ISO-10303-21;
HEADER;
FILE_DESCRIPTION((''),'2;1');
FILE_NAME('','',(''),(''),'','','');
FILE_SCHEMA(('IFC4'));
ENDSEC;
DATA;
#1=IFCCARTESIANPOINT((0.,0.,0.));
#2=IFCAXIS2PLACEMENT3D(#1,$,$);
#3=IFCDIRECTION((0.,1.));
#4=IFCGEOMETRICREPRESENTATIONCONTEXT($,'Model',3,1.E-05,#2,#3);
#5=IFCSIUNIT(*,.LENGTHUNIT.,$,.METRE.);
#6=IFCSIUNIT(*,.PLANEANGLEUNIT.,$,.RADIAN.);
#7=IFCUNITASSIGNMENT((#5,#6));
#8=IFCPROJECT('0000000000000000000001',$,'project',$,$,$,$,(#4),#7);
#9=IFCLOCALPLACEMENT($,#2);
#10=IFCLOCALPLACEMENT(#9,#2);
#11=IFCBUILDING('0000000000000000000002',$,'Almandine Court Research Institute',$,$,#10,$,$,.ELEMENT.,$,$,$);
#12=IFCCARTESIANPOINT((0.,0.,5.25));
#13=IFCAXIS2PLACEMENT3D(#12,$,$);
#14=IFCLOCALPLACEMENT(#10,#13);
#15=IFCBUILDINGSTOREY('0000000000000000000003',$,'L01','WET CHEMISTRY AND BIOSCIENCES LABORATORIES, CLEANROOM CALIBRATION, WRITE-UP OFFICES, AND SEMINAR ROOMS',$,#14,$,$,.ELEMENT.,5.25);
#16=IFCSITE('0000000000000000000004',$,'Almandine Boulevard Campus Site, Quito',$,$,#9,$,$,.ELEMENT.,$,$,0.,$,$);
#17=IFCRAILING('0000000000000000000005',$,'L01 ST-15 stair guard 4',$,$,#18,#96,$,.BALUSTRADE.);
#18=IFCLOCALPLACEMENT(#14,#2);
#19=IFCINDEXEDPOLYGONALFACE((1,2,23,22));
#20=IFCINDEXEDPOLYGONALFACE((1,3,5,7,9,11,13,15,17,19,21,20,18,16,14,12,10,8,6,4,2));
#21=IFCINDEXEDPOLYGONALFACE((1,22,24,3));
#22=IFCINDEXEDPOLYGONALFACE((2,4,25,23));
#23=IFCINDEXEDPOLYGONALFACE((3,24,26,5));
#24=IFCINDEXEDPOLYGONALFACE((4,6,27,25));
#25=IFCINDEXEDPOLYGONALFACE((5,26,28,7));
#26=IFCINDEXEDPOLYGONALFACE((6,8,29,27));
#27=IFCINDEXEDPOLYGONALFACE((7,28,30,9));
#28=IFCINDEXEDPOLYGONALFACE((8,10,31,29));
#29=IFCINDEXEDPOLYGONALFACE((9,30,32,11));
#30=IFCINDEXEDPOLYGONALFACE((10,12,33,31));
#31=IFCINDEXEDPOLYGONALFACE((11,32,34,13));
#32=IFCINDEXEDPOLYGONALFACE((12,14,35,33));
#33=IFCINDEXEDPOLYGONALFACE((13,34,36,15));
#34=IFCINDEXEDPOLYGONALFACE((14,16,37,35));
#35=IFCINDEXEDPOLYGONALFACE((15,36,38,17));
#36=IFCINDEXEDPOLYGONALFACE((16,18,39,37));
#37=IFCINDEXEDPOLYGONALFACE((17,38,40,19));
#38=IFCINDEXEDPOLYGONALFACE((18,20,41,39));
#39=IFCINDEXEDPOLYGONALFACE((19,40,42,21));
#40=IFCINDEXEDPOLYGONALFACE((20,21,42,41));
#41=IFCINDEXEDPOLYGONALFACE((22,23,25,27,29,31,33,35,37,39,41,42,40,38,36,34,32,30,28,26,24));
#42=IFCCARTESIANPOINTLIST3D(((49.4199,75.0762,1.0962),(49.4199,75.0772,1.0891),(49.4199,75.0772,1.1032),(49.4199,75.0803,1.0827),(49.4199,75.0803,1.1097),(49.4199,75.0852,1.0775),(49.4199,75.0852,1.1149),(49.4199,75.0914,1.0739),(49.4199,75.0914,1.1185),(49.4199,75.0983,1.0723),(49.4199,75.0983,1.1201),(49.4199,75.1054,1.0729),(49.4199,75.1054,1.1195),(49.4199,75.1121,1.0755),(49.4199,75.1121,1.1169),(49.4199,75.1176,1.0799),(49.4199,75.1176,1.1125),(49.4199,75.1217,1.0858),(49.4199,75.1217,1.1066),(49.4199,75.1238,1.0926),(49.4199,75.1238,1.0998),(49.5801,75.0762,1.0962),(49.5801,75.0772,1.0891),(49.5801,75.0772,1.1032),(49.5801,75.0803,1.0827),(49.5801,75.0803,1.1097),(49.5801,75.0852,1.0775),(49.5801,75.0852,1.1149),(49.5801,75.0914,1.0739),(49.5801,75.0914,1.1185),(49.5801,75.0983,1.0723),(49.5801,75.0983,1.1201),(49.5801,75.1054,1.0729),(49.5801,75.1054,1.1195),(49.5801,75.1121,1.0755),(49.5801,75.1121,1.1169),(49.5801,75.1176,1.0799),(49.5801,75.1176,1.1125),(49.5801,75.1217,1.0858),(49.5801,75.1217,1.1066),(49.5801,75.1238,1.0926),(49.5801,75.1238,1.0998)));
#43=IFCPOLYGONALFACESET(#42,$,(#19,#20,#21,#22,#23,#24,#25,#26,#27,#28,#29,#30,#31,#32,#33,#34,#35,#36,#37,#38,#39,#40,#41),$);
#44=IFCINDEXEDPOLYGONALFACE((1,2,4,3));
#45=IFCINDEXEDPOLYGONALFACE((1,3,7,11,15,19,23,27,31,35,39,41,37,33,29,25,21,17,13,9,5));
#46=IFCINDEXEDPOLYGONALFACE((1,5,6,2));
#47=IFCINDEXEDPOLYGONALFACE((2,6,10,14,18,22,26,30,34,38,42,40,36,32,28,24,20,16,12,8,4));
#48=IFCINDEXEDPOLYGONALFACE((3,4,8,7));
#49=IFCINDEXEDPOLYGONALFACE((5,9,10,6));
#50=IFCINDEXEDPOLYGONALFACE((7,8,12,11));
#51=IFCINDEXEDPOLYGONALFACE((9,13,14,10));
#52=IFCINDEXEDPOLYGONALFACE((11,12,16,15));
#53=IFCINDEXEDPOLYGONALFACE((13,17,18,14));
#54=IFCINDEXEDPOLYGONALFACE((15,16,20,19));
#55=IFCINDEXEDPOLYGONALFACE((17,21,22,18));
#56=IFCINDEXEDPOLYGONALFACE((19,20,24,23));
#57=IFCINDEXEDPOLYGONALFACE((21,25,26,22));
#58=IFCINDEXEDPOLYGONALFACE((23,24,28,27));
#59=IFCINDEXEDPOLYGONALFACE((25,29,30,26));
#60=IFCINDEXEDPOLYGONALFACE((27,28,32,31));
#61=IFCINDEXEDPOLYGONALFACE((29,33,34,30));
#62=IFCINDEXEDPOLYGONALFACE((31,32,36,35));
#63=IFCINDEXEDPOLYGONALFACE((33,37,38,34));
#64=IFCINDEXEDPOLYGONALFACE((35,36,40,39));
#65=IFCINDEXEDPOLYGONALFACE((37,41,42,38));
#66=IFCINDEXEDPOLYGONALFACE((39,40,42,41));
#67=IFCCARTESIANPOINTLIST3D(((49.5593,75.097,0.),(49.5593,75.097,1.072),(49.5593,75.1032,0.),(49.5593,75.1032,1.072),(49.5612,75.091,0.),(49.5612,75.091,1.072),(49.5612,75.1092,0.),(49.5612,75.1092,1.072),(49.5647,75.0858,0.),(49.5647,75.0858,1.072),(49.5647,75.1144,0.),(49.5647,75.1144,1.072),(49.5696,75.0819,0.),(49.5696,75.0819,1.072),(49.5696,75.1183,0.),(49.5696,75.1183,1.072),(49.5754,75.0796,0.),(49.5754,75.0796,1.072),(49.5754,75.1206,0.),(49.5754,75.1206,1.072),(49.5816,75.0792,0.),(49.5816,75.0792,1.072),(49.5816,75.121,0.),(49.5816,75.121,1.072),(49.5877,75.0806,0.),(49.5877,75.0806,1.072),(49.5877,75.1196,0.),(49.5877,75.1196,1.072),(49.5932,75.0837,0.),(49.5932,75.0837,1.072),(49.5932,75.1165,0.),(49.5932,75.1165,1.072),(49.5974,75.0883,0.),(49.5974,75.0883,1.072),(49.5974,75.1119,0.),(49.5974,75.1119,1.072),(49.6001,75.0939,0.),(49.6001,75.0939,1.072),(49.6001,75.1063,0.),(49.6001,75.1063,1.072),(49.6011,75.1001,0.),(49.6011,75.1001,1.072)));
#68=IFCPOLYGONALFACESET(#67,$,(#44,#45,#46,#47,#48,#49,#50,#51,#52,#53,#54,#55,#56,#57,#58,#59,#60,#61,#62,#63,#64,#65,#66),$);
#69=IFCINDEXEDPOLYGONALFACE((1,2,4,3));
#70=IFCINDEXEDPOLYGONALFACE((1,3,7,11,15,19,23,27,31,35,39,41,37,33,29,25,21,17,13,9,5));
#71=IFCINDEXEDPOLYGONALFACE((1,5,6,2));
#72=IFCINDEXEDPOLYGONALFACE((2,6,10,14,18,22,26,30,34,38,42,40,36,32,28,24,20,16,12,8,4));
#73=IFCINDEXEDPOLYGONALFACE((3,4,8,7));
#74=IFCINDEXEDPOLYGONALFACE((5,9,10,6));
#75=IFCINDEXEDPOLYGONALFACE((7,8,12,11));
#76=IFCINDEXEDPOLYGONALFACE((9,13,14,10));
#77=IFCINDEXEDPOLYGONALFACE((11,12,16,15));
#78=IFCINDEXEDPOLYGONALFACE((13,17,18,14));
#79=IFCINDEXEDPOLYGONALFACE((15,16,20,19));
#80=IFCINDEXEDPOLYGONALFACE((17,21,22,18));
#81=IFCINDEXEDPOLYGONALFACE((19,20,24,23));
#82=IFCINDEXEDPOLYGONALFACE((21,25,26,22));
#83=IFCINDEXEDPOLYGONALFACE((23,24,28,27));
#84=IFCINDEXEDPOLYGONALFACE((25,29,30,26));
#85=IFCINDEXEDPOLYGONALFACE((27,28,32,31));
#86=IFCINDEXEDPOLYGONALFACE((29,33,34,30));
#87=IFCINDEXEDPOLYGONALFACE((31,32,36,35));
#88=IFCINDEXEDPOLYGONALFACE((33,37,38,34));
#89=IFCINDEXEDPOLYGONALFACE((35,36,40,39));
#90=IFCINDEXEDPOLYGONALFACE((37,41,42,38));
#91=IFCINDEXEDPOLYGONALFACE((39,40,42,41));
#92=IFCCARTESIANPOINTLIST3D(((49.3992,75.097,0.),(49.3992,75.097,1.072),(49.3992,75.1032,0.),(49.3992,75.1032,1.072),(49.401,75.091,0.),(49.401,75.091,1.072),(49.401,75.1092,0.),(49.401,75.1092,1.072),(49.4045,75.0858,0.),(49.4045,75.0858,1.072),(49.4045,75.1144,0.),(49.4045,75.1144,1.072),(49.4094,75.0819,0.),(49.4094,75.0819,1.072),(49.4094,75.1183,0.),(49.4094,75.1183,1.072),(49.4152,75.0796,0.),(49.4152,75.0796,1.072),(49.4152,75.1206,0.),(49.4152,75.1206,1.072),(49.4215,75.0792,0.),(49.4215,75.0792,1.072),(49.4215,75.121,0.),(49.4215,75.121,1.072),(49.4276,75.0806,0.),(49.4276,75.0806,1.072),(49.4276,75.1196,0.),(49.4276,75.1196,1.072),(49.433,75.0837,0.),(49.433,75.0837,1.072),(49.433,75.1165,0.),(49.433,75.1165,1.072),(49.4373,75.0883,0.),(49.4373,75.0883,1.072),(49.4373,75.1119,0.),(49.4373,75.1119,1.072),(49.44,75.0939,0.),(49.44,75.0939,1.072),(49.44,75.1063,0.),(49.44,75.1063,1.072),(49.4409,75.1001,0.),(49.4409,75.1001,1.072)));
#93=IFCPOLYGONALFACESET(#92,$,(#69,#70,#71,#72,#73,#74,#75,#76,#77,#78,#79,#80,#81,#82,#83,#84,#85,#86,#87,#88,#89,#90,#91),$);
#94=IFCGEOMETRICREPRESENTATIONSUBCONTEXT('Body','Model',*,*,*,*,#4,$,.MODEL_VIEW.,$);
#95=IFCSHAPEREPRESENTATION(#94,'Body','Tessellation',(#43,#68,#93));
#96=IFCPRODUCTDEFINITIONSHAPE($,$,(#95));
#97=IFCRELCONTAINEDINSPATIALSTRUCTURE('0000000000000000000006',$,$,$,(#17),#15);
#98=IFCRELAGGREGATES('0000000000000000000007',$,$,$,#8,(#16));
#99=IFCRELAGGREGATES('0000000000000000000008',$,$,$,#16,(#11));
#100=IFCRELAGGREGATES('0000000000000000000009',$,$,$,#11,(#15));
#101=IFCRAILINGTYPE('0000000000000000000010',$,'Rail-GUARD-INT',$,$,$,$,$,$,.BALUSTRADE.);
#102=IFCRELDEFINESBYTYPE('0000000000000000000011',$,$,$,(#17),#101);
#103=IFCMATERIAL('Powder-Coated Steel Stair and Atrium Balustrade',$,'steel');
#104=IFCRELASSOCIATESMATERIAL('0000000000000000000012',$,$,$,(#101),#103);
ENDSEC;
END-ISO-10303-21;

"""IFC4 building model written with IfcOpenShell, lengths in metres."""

from ifc_helpers import new_model, si_unit, direction, frame, origin, origin_2d, place, context, subcontext, project, spatial, circle, extrude, material, type_object, element, save


model = new_model("IFC4")

# Units and contexts
model_context = context("Model", 3, precision=1e-05, world=origin(), true_north=direction((0.0, 1.0)))
body_context = subcontext(model_context, "Body", "Model", "MODEL_VIEW")
ifc_project = project(units=[si_unit("LENGTHUNIT", "METRE"), si_unit("PLANEANGLEUNIT", "RADIAN")], contexts=[model_context])

# Site, building, storey
site_placement = place(None, origin())
site = spatial("IfcSite", under=ifc_project, at=site_placement, Name="Almandine Boulevard Campus Site, Quito", CompositionType="ELEMENT", RefElevation=0.0)
building_placement = place(site_placement, origin())
building = spatial("IfcBuilding", under=site, at=building_placement, Name="Almandine Court Research Institute", CompositionType="ELEMENT")
storey_placement = place(building_placement, frame((0.0, 0.0, 5.25)))
storey = spatial("IfcBuildingStorey", under=building, at=storey_placement, Name="L01", Description="WET CHEMISTRY AND BIOSCIENCES LABORATORIES, CLEANROOM CALIBRATION, WRITE-UP OFFICES, AND SEMINAR ROOMS", CompositionType="ELEMENT", Elevation=5.25)

# Railing
ifc_material_1 = material(Name="Powder-Coated Steel Stair and Atrium Balustrade", Category="steel")
railing_type_1 = type_object("IfcRailingType", Name="Rail-GUARD-INT", PredefinedType="BALUSTRADE", material=ifc_material_1)
railing_1_placement = place(storey_placement, frame((49.5801, 75.1001, 0.0)))
element("IfcRailing", 1, at=railing_1_placement, inside=storey, type_object=railing_type_1, Name="L01 ST-15 stair guard 4", PredefinedType="BALUSTRADE", context=body_context, shape_type="SweptSolid", body=[
    extrude(circle(Radius=0.0239, at=origin_2d()), frame((0.0, 0.0, 1.0962), z_axis=(-1.0, 0.0, 0.0), x_axis=(0.0, -1.0, 0.0)), (0.0, 0.0, 1.0), 0.1602),
    extrude(circle(Radius=0.021, at=origin_2d()), origin(), (0.0, 0.0, 1.0), 1.072),
    extrude(circle(Radius=0.021, at=origin_2d()), frame((-0.1602, 0.0, 0.0)), (0.0, 0.0, 1.0), 1.072),
])

save(model, "model.ifc")
